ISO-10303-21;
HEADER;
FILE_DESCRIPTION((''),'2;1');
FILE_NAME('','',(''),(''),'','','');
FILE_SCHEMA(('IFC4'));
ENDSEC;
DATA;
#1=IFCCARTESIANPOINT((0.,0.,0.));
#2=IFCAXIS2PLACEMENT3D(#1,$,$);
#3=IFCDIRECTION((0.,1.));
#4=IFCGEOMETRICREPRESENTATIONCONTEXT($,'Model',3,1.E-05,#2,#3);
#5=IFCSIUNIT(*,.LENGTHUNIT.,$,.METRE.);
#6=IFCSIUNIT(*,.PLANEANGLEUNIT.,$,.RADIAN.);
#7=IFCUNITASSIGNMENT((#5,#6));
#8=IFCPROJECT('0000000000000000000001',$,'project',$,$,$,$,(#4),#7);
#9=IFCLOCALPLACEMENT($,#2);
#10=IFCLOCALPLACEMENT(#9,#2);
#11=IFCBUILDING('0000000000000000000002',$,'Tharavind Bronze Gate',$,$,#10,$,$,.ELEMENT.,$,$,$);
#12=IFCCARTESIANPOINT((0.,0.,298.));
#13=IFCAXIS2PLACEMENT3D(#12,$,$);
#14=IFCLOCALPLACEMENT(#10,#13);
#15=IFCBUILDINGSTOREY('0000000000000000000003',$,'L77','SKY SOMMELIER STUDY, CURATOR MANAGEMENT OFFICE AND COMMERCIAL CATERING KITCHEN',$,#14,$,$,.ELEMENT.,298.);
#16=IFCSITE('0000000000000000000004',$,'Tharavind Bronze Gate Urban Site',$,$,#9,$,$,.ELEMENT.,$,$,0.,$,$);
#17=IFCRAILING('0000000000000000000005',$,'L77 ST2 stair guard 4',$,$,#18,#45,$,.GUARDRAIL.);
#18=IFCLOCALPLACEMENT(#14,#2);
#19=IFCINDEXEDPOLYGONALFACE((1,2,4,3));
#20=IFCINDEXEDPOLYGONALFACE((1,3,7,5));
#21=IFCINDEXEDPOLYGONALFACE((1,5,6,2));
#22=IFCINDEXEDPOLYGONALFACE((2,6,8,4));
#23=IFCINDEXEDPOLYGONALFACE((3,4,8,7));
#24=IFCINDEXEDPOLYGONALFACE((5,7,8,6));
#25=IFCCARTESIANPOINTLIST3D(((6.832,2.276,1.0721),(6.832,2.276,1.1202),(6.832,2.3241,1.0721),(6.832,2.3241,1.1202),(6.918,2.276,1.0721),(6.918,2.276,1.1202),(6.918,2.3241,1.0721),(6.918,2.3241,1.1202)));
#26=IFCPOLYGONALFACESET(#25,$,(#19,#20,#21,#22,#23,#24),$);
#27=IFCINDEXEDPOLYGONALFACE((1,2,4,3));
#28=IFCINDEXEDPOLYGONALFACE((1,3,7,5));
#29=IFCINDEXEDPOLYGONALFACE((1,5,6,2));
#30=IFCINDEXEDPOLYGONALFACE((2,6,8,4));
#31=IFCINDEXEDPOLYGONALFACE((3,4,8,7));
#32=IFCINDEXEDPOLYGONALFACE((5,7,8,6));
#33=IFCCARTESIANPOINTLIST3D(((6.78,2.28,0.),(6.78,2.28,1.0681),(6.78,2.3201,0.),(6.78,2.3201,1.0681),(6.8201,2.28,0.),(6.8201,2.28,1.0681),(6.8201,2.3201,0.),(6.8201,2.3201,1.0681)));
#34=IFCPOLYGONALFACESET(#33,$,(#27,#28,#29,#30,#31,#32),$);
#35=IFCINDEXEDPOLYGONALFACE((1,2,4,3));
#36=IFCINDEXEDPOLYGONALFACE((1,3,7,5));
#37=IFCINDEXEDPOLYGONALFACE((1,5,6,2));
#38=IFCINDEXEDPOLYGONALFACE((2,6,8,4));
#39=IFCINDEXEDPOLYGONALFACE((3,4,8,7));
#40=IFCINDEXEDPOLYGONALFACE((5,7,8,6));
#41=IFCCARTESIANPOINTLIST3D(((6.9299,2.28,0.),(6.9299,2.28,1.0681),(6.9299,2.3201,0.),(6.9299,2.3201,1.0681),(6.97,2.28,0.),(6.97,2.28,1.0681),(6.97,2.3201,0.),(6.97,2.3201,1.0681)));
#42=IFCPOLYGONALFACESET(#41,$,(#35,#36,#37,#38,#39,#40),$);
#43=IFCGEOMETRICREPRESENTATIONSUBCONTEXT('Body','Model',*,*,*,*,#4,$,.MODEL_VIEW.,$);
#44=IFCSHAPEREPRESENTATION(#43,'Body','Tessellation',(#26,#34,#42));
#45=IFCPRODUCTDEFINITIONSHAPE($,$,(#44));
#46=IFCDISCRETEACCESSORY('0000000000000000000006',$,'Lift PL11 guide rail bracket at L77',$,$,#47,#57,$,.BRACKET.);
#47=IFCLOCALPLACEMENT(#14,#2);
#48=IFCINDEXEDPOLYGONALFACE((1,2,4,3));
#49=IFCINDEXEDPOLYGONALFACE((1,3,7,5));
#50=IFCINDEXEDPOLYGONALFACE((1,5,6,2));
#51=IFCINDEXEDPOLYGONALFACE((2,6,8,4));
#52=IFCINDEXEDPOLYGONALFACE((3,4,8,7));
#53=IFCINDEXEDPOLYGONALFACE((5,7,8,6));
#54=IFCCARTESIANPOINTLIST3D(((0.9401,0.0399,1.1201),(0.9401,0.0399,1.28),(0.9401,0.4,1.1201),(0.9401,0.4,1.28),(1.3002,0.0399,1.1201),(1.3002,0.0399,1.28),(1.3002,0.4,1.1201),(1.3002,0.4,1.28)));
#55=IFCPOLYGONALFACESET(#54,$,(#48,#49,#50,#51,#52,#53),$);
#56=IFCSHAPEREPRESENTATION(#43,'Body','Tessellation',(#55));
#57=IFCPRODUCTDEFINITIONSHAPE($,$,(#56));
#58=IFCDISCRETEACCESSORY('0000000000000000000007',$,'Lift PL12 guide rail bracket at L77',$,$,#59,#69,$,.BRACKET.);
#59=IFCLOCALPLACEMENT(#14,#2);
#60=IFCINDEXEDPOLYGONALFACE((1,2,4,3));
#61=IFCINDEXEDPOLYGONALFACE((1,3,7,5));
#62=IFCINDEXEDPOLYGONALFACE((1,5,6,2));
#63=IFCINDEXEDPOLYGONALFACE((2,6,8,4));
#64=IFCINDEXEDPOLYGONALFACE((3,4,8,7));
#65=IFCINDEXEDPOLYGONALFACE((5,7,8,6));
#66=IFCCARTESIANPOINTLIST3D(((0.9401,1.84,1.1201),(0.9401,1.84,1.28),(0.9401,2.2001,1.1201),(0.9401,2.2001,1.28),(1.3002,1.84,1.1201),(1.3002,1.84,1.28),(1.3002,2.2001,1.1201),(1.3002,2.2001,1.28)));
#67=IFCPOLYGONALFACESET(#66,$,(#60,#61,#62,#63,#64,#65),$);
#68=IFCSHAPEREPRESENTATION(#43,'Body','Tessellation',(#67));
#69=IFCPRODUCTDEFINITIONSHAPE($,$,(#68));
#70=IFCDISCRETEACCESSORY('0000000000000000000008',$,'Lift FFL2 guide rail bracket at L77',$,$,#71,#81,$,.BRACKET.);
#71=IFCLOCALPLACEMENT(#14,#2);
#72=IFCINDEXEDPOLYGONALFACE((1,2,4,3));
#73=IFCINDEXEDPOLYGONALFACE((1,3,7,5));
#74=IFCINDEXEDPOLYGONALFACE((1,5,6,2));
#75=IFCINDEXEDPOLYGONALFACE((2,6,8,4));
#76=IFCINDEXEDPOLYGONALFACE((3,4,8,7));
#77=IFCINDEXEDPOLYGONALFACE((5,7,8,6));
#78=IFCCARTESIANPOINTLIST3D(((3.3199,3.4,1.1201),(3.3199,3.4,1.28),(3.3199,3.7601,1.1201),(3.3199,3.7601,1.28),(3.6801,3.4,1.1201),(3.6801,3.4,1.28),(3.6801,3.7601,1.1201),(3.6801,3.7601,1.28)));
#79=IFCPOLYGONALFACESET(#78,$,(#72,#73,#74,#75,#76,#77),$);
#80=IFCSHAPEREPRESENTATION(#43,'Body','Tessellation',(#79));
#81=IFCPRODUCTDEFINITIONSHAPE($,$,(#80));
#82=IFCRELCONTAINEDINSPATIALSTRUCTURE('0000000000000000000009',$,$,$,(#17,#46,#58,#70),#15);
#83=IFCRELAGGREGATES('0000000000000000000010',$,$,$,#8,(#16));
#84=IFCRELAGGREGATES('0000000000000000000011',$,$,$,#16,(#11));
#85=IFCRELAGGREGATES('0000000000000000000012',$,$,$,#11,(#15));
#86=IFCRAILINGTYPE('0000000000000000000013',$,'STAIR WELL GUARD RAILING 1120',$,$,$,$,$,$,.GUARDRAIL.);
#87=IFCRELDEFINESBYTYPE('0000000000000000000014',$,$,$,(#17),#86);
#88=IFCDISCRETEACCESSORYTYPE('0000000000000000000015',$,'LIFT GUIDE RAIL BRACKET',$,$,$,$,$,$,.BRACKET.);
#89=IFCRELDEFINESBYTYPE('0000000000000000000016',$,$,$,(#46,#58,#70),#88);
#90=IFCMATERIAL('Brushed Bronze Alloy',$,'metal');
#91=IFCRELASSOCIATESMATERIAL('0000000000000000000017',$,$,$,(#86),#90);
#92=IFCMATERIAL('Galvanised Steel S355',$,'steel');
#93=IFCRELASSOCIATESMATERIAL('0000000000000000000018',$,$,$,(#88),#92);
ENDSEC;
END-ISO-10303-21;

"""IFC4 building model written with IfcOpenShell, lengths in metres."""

from ifc_helpers import new_model, si_unit, direction, frame, origin, origin_2d, place, context, subcontext, project, spatial, rectangle, extrude, material, type_object, element, save


model = new_model("IFC4")

# Units and contexts
model_context = context("Model", 3, precision=1e-05, world=origin(), true_north=direction((0.0, 1.0)))
body_context = subcontext(model_context, "Body", "Model", "MODEL_VIEW")
ifc_project = project(units=[si_unit("LENGTHUNIT", "METRE"), si_unit("PLANEANGLEUNIT", "RADIAN")], contexts=[model_context])

# Site, building, storey
site_placement = place(None, origin())
site = spatial("IfcSite", under=ifc_project, at=site_placement, Name="Tharavind Bronze Gate Urban Site", CompositionType="ELEMENT", RefElevation=0.0)
building_placement = place(site_placement, origin())
building = spatial("IfcBuilding", under=site, at=building_placement, Name="Tharavind Bronze Gate", CompositionType="ELEMENT")
storey_placement = place(building_placement, frame((0.0, 0.0, 298.0)))
storey = spatial("IfcBuildingStorey", under=building, at=storey_placement, Name="L77", Description="SKY SOMMELIER STUDY, CURATOR MANAGEMENT OFFICE AND COMMERCIAL CATERING KITCHEN", CompositionType="ELEMENT", Elevation=298.0)

# Railing
ifc_material_1 = material(Name="Brushed Bronze Alloy", Category="metal")
railing_type_1 = type_object("IfcRailingType", Name="STAIR WELL GUARD RAILING 1120", PredefinedType="GUARDRAIL", material=ifc_material_1)
railing_1_placement = place(storey_placement, frame((6.8, 2.3, 0.0)))
element("IfcRailing", 1, at=railing_1_placement, inside=storey, type_object=railing_type_1, Name="L77 ST2 stair guard 4", PredefinedType="GUARDRAIL", context=body_context, shape_type="SweptSolid", body=[
    extrude(rectangle(XDim=0.0481, YDim=0.0481, at=origin_2d()), frame((0.032, 0.0, 1.0962), z_axis=(1.0, 0.0, 0.0), x_axis=(0.0, 1.0, 0.0)), (0.0, 0.0, 1.0), 0.0859),
    extrude(rectangle(XDim=0.04, YDim=0.04, at=origin_2d()), origin(), (0.0, 0.0, 1.0), 1.0681),
    extrude(rectangle(XDim=0.04, YDim=0.04, at=origin_2d()), frame((0.1499, 0.0, 0.0)), (0.0, 0.0, 1.0), 1.0681),
])

# Discrete accessories
ifc_material_2 = material(Name="Galvanised Steel S355", Category="steel")
discrete_accessory_type = type_object("IfcDiscreteAccessoryType", Name="LIFT GUIDE RAIL BRACKET", PredefinedType="BRACKET", material=ifc_material_2)
for number, where, z_axis, x_axis, name in (
    (2, (1.1201, 0.22, 1.1201), (0.0, 0.0, 1.0), (1.0, 0.0, 0.0), "Lift PL11 guide rail bracket at L77"),
    (3, (1.1201, 2.02, 1.1201), (0.0, 0.0, 1.0), (1.0, 0.0, 0.0), "Lift PL12 guide rail bracket at L77"),
    (4, (3.5, 3.5801, 1.1201), (0.0, 0.0, 1.0), (1.0, 0.0, 0.0), "Lift FFL2 guide rail bracket at L77"),
):
    element("IfcDiscreteAccessory", number, at=place(storey_placement, frame(where, z_axis=z_axis, x_axis=x_axis)), inside=storey, type_object=discrete_accessory_type, Name=name, PredefinedType="BRACKET", context=body_context, shape_type="SweptSolid", body=[
        extrude(rectangle(XDim=0.3601, YDim=0.3601, at=origin_2d()), origin(), (0.0, 0.0, 1.0), 0.1599),
    ])

save(model, "model.ifc")
